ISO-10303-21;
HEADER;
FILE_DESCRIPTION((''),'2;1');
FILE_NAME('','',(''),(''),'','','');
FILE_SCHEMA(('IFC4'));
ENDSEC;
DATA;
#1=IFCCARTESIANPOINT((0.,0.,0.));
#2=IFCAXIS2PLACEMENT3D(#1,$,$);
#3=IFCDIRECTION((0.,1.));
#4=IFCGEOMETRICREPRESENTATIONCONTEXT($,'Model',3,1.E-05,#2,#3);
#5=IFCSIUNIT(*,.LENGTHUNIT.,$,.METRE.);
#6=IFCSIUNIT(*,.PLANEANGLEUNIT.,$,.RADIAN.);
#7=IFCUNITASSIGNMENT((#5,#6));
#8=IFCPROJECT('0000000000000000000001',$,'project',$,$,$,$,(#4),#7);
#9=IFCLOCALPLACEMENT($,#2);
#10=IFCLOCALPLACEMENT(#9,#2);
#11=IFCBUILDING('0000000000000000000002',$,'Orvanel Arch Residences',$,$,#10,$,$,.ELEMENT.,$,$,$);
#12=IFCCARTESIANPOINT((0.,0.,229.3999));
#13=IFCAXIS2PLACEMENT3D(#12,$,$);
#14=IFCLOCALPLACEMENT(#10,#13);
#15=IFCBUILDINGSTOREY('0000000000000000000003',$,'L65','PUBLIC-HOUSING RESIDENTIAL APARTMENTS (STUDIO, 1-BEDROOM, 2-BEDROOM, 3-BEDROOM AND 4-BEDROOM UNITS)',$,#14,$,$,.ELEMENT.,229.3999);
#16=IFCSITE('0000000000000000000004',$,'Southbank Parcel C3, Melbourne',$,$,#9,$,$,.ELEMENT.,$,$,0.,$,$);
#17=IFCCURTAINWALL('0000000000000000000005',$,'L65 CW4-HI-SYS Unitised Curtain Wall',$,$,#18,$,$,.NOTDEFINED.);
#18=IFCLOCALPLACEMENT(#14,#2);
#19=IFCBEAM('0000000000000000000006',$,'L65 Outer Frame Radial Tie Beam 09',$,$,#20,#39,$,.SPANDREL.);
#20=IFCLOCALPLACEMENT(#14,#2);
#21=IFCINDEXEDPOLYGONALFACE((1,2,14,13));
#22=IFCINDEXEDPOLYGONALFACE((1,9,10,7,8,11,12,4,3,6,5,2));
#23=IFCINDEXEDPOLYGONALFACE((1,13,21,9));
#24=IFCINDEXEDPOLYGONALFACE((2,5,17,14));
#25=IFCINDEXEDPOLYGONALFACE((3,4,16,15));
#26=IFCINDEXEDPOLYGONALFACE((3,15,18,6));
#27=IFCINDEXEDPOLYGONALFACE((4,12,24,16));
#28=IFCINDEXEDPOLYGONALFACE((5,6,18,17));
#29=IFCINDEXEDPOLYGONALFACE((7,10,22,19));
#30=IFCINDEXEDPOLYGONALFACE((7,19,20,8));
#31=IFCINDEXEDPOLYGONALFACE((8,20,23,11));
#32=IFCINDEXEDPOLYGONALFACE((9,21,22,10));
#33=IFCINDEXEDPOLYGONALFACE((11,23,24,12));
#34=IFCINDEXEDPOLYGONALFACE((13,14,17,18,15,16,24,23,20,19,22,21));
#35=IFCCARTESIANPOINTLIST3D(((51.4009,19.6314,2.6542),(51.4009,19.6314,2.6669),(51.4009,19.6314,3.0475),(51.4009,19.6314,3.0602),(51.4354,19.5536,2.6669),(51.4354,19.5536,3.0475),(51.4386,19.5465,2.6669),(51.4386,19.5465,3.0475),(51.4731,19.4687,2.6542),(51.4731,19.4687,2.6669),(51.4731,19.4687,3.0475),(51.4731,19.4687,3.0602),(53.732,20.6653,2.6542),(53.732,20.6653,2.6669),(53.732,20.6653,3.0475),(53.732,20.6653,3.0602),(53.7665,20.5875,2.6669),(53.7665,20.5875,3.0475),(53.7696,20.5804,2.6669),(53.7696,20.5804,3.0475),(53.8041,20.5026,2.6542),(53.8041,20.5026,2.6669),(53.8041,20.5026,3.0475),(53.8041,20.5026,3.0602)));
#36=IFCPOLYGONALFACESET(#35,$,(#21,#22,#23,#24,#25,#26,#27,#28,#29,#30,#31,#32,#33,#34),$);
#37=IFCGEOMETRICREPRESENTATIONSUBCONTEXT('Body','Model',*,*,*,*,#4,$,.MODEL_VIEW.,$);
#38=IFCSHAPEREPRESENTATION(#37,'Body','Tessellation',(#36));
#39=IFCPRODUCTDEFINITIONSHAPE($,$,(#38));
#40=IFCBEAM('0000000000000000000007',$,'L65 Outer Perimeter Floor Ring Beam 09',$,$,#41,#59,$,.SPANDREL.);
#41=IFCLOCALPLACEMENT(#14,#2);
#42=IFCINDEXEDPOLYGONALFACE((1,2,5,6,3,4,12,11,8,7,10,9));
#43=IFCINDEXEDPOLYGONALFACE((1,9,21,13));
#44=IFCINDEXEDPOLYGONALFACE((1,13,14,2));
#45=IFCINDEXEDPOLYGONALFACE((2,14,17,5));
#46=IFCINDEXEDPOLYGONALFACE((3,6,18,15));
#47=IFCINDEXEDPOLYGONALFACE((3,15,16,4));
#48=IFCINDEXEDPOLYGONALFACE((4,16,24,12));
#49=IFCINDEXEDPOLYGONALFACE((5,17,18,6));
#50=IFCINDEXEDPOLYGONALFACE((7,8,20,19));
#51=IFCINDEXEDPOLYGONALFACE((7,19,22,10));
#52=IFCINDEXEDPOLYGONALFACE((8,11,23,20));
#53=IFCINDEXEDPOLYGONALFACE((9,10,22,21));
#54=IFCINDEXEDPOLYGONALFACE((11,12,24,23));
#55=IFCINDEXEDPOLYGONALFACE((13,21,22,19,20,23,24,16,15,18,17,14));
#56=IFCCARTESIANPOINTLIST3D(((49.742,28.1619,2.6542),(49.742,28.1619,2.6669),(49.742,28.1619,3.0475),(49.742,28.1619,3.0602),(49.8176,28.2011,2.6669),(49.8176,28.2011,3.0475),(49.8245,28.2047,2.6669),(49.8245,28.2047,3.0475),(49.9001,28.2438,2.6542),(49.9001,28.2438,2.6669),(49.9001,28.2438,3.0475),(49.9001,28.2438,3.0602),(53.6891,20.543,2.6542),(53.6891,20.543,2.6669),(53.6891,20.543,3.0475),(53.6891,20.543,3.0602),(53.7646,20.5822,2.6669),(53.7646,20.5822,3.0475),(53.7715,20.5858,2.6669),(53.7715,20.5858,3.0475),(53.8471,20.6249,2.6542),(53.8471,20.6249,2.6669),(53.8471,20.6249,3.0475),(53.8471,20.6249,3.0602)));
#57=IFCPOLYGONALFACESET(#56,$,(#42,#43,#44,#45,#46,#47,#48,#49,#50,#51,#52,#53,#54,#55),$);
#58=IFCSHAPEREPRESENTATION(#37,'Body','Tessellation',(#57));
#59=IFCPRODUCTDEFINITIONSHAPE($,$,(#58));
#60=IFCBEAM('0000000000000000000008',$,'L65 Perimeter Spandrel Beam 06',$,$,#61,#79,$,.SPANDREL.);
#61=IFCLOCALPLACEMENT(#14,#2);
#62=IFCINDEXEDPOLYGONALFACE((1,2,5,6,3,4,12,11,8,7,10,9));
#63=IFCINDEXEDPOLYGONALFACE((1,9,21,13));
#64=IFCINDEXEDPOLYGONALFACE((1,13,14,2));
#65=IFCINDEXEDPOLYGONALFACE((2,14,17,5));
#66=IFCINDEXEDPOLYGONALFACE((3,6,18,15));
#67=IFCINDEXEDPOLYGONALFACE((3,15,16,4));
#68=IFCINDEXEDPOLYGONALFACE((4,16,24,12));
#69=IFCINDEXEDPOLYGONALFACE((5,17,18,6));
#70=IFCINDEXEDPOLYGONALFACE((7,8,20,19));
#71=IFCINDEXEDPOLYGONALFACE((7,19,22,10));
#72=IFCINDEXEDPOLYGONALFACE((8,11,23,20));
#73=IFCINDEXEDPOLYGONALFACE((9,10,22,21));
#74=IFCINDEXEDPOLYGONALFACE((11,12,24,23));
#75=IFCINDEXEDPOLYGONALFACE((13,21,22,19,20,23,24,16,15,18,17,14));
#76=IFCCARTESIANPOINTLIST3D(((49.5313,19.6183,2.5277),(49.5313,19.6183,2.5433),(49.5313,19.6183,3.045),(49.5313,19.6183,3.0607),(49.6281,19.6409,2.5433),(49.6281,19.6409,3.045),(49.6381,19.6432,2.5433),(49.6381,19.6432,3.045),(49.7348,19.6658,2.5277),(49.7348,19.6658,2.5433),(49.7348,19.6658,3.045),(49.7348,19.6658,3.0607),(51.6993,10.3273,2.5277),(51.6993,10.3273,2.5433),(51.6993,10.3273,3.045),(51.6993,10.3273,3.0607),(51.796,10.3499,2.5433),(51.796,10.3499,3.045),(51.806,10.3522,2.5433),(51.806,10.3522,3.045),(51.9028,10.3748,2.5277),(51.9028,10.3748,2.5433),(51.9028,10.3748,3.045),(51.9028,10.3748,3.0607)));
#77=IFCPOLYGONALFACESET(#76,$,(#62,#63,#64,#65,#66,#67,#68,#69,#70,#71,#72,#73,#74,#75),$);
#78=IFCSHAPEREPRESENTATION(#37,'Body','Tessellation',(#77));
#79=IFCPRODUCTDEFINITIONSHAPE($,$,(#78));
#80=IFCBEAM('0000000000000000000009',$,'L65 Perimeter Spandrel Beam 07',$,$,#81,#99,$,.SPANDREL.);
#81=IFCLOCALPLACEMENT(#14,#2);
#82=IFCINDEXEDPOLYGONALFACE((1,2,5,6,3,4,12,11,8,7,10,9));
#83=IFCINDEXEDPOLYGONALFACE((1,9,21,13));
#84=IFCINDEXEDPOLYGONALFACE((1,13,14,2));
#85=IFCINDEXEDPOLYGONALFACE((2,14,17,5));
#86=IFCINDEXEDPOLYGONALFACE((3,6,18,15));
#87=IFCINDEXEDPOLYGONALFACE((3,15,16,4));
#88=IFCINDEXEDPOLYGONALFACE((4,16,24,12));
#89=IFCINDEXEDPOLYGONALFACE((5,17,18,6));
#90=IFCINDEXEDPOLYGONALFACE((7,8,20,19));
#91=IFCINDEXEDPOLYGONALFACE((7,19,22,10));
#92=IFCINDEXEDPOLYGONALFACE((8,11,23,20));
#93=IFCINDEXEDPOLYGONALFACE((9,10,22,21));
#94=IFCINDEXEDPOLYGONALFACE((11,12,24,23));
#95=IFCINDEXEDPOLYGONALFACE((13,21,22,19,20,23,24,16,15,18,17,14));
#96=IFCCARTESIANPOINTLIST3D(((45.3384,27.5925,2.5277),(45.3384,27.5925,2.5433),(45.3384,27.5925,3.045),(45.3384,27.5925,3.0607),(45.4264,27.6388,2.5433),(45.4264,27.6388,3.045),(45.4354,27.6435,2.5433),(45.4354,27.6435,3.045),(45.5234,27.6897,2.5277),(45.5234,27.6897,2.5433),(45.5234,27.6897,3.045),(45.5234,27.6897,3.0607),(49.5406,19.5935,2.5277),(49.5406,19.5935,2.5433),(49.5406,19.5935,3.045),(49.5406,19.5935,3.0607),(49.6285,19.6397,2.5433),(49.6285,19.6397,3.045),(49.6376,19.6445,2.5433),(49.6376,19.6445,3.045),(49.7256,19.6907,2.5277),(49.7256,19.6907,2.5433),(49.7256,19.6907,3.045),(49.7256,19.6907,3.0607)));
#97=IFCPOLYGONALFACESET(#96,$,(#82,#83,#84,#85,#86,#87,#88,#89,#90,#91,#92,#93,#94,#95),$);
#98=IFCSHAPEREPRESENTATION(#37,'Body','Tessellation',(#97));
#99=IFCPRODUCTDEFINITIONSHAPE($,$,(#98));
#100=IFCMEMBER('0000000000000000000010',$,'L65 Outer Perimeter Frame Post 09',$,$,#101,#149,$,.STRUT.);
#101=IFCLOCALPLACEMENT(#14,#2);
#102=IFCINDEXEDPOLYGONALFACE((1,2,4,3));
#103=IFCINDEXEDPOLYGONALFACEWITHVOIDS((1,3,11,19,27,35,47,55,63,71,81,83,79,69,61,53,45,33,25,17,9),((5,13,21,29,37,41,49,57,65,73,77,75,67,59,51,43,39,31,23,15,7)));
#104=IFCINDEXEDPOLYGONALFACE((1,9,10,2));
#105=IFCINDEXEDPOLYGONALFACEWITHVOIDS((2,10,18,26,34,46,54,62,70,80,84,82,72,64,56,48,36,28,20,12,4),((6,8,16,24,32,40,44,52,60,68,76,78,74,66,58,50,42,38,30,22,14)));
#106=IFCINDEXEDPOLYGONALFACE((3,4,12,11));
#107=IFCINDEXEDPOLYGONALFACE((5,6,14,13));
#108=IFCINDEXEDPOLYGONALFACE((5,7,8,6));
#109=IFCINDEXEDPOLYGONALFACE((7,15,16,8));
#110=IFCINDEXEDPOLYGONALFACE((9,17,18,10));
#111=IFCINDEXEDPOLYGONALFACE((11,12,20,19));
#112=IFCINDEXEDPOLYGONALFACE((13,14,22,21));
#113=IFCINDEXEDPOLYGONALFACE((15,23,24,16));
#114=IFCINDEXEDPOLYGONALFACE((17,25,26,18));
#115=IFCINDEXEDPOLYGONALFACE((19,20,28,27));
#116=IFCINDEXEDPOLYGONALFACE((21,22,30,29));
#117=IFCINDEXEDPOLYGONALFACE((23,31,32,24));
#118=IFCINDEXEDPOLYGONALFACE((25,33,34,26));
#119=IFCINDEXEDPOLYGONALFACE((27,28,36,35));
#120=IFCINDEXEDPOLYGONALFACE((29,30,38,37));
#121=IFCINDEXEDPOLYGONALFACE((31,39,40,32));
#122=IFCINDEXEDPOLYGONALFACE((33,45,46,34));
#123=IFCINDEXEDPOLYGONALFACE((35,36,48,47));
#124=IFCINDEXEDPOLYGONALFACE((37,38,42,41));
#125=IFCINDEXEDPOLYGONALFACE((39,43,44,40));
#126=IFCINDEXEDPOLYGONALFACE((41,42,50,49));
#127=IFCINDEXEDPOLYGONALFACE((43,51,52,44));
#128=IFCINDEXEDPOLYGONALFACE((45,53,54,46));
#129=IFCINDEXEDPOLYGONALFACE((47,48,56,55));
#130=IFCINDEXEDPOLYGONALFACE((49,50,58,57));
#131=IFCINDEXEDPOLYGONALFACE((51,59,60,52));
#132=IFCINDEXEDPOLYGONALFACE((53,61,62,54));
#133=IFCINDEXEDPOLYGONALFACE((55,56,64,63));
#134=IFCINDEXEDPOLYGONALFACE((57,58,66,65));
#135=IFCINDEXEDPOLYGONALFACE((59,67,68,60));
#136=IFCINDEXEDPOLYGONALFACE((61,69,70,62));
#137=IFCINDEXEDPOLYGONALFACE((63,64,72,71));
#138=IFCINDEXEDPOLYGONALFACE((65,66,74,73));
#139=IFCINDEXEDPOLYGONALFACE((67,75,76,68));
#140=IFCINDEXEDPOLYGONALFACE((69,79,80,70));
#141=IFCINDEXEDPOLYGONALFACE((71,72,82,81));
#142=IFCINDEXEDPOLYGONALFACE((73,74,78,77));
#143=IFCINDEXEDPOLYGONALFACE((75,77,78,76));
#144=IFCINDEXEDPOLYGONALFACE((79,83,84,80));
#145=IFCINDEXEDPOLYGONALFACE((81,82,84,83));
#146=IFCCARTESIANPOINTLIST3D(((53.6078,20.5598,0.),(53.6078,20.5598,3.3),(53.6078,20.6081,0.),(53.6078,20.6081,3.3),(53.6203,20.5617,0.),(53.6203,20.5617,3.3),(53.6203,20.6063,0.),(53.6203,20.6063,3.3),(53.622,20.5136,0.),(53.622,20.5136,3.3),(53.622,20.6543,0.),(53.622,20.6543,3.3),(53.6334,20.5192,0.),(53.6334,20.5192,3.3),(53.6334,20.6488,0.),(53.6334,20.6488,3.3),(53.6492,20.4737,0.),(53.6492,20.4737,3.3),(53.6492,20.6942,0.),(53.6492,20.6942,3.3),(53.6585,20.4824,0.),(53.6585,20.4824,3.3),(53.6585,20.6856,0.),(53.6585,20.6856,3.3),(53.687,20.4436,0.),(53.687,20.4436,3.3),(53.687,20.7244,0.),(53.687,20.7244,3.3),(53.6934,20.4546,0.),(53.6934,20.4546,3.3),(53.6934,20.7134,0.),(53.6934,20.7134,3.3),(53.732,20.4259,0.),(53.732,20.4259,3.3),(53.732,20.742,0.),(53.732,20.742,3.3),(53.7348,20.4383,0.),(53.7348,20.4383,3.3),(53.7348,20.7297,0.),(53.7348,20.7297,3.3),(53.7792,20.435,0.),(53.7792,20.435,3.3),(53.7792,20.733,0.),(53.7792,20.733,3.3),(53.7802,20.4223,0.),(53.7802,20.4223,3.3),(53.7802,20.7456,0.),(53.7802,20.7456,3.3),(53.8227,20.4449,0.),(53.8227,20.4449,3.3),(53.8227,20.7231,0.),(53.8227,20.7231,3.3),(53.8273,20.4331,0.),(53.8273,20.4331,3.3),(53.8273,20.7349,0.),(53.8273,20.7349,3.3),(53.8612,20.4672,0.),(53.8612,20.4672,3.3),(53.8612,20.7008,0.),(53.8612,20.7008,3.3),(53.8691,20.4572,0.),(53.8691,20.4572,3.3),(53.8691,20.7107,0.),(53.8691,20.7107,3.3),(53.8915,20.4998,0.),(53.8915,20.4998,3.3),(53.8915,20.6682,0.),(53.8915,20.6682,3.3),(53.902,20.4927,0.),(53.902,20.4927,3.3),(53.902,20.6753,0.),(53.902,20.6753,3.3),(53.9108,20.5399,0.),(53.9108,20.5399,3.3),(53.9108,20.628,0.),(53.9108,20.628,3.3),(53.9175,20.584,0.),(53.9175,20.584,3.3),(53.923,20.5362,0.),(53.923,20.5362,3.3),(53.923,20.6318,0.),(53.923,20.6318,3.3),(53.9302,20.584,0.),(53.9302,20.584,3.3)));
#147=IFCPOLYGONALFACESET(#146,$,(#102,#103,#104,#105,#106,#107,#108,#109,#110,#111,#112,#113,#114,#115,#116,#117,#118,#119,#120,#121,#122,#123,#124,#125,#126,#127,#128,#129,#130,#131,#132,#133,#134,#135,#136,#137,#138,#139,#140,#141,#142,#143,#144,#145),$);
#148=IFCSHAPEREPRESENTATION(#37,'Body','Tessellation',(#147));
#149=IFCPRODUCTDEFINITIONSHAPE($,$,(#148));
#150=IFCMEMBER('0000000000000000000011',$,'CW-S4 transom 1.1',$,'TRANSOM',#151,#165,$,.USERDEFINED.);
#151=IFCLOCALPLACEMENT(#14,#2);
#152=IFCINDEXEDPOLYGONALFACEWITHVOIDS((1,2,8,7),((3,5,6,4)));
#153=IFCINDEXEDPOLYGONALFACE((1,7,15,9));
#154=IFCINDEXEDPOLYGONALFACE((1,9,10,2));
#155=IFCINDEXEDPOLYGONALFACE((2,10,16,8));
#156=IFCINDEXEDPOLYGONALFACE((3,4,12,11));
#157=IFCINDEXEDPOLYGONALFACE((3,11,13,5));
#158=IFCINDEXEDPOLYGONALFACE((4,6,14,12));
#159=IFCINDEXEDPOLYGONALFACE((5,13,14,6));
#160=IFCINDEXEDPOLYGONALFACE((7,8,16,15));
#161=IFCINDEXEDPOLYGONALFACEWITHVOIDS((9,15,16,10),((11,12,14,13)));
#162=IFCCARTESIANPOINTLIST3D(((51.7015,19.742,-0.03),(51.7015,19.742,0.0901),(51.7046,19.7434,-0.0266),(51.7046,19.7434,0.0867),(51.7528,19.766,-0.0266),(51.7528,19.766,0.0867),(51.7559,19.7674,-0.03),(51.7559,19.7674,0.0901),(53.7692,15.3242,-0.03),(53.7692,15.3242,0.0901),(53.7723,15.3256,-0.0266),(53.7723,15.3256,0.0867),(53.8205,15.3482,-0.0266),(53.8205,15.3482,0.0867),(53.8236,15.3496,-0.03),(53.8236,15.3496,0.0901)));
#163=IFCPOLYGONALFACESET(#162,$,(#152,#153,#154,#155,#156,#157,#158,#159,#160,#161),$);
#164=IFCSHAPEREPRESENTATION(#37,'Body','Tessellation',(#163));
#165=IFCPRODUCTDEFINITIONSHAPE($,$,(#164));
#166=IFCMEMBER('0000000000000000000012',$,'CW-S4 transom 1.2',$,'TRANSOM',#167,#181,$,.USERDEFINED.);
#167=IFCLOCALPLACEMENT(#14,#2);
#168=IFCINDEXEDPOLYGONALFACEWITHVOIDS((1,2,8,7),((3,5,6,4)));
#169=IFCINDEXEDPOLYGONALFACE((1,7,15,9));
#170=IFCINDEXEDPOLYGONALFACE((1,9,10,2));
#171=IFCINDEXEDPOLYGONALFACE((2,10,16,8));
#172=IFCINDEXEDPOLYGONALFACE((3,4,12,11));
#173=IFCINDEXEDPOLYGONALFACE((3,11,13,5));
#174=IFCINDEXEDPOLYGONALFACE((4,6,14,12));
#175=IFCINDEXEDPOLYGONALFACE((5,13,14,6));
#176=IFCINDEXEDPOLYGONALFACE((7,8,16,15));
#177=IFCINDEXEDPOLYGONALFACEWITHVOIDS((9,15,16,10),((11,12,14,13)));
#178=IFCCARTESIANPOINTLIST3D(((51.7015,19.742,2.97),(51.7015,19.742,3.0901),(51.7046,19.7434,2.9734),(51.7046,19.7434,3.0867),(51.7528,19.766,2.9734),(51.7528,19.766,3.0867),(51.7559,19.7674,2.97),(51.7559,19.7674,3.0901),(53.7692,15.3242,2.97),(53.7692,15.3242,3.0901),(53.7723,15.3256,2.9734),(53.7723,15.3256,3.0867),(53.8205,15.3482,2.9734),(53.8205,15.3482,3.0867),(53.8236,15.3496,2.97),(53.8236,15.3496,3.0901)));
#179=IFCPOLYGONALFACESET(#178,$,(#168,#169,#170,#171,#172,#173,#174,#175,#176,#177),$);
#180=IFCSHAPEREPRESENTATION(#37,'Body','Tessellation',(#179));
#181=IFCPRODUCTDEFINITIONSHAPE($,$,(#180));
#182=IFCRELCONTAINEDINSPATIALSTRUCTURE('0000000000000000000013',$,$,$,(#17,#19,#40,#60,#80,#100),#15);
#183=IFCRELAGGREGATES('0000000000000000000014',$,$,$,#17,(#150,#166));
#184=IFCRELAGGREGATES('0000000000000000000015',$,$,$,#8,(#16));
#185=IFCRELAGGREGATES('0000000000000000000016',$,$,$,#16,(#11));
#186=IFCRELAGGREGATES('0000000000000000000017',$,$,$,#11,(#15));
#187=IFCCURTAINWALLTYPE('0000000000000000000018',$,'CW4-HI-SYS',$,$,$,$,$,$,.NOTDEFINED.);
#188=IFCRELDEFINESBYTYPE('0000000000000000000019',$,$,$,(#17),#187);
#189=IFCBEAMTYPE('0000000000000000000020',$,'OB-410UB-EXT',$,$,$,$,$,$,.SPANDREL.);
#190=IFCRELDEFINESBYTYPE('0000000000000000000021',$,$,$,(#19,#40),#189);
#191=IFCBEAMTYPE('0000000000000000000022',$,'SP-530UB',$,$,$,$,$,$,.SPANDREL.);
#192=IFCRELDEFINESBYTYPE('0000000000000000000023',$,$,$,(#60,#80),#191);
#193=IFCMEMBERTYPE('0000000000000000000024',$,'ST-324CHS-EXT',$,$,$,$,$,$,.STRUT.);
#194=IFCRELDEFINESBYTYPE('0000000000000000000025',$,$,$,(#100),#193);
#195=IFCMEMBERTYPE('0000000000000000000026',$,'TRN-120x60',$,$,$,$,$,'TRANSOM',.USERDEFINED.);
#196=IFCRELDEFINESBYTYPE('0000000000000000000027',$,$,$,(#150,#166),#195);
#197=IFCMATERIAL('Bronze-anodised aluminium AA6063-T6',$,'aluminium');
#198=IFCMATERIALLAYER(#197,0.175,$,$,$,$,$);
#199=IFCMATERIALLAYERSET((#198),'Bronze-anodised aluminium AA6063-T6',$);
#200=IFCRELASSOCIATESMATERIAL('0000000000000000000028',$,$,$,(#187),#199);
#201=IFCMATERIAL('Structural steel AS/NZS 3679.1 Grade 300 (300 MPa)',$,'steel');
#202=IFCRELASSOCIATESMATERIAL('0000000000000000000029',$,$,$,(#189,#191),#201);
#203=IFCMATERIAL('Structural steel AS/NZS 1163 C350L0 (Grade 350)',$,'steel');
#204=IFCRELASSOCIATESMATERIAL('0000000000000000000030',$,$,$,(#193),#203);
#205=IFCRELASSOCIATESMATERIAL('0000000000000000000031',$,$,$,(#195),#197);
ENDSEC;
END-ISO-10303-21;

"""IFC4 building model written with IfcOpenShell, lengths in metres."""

from ifc_helpers import new_model, si_unit, direction, frame, origin, origin_2d, place, context, subcontext, project, spatial, hollow_rectangle, hollow_circle, i_section, extrude, material, layer, layer_set, material_profile, profile_set, type_object, element, aggregate, save


model = new_model("IFC4")

# Units and contexts
model_context = context("Model", 3, precision=1e-05, world=origin(), true_north=direction((0.0, 1.0)))
body_context = subcontext(model_context, "Body", "Model", "MODEL_VIEW")
ifc_project = project(units=[si_unit("LENGTHUNIT", "METRE"), si_unit("PLANEANGLEUNIT", "RADIAN")], contexts=[model_context])

# Site, building, storey
site_placement = place(None, origin())
site = spatial("IfcSite", under=ifc_project, at=site_placement, Name="Southbank Parcel C3, Melbourne", CompositionType="ELEMENT", RefElevation=0.0)
building_placement = place(site_placement, origin())
building = spatial("IfcBuilding", under=site, at=building_placement, Name="Orvanel Arch Residences", CompositionType="ELEMENT")
storey_placement = place(building_placement, frame((0.0, 0.0, 229.3999)))
storey = spatial("IfcBuildingStorey", under=building, at=storey_placement, Name="L65", Description="PUBLIC-HOUSING RESIDENTIAL APARTMENTS (STUDIO, 1-BEDROOM, 2-BEDROOM, 3-BEDROOM AND 4-BEDROOM UNITS)", CompositionType="ELEMENT", Elevation=229.3999)

# Shared definitions
ifc_material_1 = material(Name="Bronze-anodised aluminium AA6063-T6", Category="aluminium")

# Shared definitions
ifc_layer_1 = layer(ifc_material_1, 0.175)
ifc_layer_set_1 = layer_set([ifc_layer_1], Name="Bronze-anodised aluminium AA6063-T6")
curtain_wall_type_1 = type_object("IfcCurtainWallType", Name="CW4-HI-SYS", PredefinedType="NOTDEFINED", material=ifc_layer_set_1)

# Curtain wall
curtain_wall_1_placement = place(storey_placement, origin())
curtain_wall_1 = element("IfcCurtainWall", 1, at=curtain_wall_1_placement, inside=storey, type_object=curtain_wall_type_1, Name="L65 CW4-HI-SYS Unitised Curtain Wall", PredefinedType="NOTDEFINED")

# Beams
ifc_material_2 = material(Name="Structural steel AS/NZS 3679.1 Grade 300 (300 MPa)", Category="steel")
ifc_material_profile_1 = material_profile(ifc_material_2, i_section(OverallWidth=0.178, OverallDepth=0.406, WebThickness=0.0078, FlangeThickness=0.0127, at=origin_2d()), Name="410UB59.7")
ifc_profile_set_1 = profile_set([ifc_material_profile_1], Name="Structural steel AS/NZS 3679.1 Grade 300 (300 MPa)")
beam_type_1 = type_object("IfcBeamType", Name="OB-410UB-EXT", PredefinedType="SPANDREL", material=ifc_profile_set_1)
beam_1_placement = place(storey_placement, frame((51.437, 19.55, 2.8572), z_axis=(0.914115, 0.405454, 0.0), x_axis=(-0.405454, 0.914115, 0.0)))
element("IfcBeam", 2, at=beam_1_placement, inside=storey, type_object=beam_type_1, Name="L65 Outer Frame Radial Tie Beam 09", PredefinedType="SPANDREL", context=body_context, shape_type="SweptSolid", body=[
    extrude(i_section(OverallWidth=0.178, OverallDepth=0.406, WebThickness=0.0078, FlangeThickness=0.0127, at=origin_2d()), origin(), (0.0, 0.0, 1.0), 2.55),
])
beam_2_placement = place(storey_placement, frame((53.7681, 20.584, 2.8572), z_axis=(-0.459994, 0.887922, 0.0), x_axis=(-0.887922, -0.459994, 0.0)))
element("IfcBeam", 3, at=beam_2_placement, inside=storey, type_object=beam_type_1, Name="L65 Outer Perimeter Floor Ring Beam 09", PredefinedType="SPANDREL", context=body_context, shape_type="SweptSolid", body=[
    extrude(i_section(OverallWidth=0.178, OverallDepth=0.406, WebThickness=0.0078, FlangeThickness=0.0127, at=origin_2d()), origin(), (0.0, 0.0, 1.0), 8.5806),
])
ifc_material_profile_2 = material_profile(ifc_material_2, i_section(OverallWidth=0.209, OverallDepth=0.533, WebThickness=0.0103, FlangeThickness=0.0156, at=origin_2d()), Name="530UB92.4")
ifc_profile_set_2 = profile_set([ifc_material_profile_2], Name="Structural steel AS/NZS 3679.1 Grade 300 (300 MPa)")
beam_type_2 = type_object("IfcBeamType", Name="SP-530UB", PredefinedType="SPANDREL", material=ifc_profile_set_2)
beam_3_placement = place(storey_placement, frame((51.801, 10.3511, 2.7942), z_axis=(-0.227236, 0.97384, 0.0), x_axis=(-0.97384, -0.227236, 0.0)))
element("IfcBeam", 4, at=beam_3_placement, inside=storey, type_object=beam_type_2, Name="L65 Perimeter Spandrel Beam 06", PredefinedType="SPANDREL", context=body_context, shape_type="SweptSolid", body=[
    extrude(i_section(OverallWidth=0.209, OverallDepth=0.533, WebThickness=0.0103, FlangeThickness=0.0156, at=origin_2d()), origin(), (0.0, 0.0, 1.0), 9.5405),
])
beam_4_placement = place(storey_placement, frame((49.6331, 19.6421, 2.7942), z_axis=(-0.465065, 0.885277, 0.0), x_axis=(-0.885277, -0.465065, 0.0)))
element("IfcBeam", 5, at=beam_4_placement, inside=storey, type_object=beam_type_2, Name="L65 Perimeter Spandrel Beam 07", PredefinedType="SPANDREL", context=body_context, shape_type="SweptSolid", body=[
    extrude(i_section(OverallWidth=0.209, OverallDepth=0.533, WebThickness=0.0103, FlangeThickness=0.0156, at=origin_2d()), origin(), (0.0, 0.0, 1.0), 9.0356),
])

# Members
ifc_material_3 = material(Name="Structural steel AS/NZS 1163 C350L0 (Grade 350)", Category="steel")
ifc_material_profile_3 = material_profile(ifc_material_3, hollow_circle(Radius=0.1621, WallThickness=0.0127, at=origin_2d()), Name="CHS324x12.7")
ifc_profile_set_3 = profile_set([ifc_material_profile_3], Name="Structural steel AS/NZS 1163 C350L0 (Grade 350)")
member_type_1 = type_object("IfcMemberType", Name="ST-324CHS-EXT", PredefinedType="STRUT", material=ifc_profile_set_3)
member_1_placement = place(storey_placement, frame((53.7681, 20.584, 0.0), z_axis=(0.0, 0.0, 1.0), x_axis=(1.0, 0.0, 0.0)))
element("IfcMember", 6, at=member_1_placement, inside=storey, type_object=member_type_1, Name="L65 Outer Perimeter Frame Post 09", PredefinedType="STRUT", context=body_context, shape_type="SweptSolid", body=[
    extrude(hollow_circle(Radius=0.1621, WallThickness=0.0127, at=origin_2d()), origin(), (0.0, 0.0, 1.0), 3.3),
])
ifc_material_profile_4 = material_profile(ifc_material_1, hollow_rectangle(XDim=0.0601, YDim=0.1201, WallThickness=0.0034, at=origin_2d()), Name="ALU120x60x3.5")
ifc_profile_set_4 = profile_set([ifc_material_profile_4], Name="Bronze-anodised aluminium AA6063-T6")
member_type_2 = type_object("IfcMemberType", Name="TRN-120x60", ElementType="TRANSOM", PredefinedType="USERDEFINED", material=ifc_profile_set_4)
member_2_placement = place(storey_placement, frame((53.7964, 15.3369, 0.03), z_axis=(-0.423899, 0.905709, 0.0), x_axis=(-0.905709, -0.423899, 0.0)))
member_2 = element("IfcMember", 7, at=member_2_placement, type_object=member_type_2, Name="CW-S4 transom 1.1", ObjectType="TRANSOM", PredefinedType="USERDEFINED", context=body_context, shape_type="SweptSolid", body=[
    extrude(hollow_rectangle(XDim=0.0601, YDim=0.1201, WallThickness=0.0034, at=origin_2d()), origin(), (0.0, 0.0, 1.0), 4.8777),
])
member_3_placement = place(storey_placement, frame((53.7964, 15.3369, 3.03), z_axis=(-0.423899, 0.905709, 0.0), x_axis=(-0.905709, -0.423899, 0.0)))
member_3 = element("IfcMember", 8, at=member_3_placement, type_object=member_type_2, Name="CW-S4 transom 1.2", ObjectType="TRANSOM", PredefinedType="USERDEFINED", context=body_context, shape_type="SweptSolid", body=[
    extrude(hollow_rectangle(XDim=0.0601, YDim=0.1201, WallThickness=0.0034, at=origin_2d()), origin(), (0.0, 0.0, 1.0), 4.8777),
])

aggregate(curtain_wall_1, [member_2, member_3])

save(model, "model.ifc")
